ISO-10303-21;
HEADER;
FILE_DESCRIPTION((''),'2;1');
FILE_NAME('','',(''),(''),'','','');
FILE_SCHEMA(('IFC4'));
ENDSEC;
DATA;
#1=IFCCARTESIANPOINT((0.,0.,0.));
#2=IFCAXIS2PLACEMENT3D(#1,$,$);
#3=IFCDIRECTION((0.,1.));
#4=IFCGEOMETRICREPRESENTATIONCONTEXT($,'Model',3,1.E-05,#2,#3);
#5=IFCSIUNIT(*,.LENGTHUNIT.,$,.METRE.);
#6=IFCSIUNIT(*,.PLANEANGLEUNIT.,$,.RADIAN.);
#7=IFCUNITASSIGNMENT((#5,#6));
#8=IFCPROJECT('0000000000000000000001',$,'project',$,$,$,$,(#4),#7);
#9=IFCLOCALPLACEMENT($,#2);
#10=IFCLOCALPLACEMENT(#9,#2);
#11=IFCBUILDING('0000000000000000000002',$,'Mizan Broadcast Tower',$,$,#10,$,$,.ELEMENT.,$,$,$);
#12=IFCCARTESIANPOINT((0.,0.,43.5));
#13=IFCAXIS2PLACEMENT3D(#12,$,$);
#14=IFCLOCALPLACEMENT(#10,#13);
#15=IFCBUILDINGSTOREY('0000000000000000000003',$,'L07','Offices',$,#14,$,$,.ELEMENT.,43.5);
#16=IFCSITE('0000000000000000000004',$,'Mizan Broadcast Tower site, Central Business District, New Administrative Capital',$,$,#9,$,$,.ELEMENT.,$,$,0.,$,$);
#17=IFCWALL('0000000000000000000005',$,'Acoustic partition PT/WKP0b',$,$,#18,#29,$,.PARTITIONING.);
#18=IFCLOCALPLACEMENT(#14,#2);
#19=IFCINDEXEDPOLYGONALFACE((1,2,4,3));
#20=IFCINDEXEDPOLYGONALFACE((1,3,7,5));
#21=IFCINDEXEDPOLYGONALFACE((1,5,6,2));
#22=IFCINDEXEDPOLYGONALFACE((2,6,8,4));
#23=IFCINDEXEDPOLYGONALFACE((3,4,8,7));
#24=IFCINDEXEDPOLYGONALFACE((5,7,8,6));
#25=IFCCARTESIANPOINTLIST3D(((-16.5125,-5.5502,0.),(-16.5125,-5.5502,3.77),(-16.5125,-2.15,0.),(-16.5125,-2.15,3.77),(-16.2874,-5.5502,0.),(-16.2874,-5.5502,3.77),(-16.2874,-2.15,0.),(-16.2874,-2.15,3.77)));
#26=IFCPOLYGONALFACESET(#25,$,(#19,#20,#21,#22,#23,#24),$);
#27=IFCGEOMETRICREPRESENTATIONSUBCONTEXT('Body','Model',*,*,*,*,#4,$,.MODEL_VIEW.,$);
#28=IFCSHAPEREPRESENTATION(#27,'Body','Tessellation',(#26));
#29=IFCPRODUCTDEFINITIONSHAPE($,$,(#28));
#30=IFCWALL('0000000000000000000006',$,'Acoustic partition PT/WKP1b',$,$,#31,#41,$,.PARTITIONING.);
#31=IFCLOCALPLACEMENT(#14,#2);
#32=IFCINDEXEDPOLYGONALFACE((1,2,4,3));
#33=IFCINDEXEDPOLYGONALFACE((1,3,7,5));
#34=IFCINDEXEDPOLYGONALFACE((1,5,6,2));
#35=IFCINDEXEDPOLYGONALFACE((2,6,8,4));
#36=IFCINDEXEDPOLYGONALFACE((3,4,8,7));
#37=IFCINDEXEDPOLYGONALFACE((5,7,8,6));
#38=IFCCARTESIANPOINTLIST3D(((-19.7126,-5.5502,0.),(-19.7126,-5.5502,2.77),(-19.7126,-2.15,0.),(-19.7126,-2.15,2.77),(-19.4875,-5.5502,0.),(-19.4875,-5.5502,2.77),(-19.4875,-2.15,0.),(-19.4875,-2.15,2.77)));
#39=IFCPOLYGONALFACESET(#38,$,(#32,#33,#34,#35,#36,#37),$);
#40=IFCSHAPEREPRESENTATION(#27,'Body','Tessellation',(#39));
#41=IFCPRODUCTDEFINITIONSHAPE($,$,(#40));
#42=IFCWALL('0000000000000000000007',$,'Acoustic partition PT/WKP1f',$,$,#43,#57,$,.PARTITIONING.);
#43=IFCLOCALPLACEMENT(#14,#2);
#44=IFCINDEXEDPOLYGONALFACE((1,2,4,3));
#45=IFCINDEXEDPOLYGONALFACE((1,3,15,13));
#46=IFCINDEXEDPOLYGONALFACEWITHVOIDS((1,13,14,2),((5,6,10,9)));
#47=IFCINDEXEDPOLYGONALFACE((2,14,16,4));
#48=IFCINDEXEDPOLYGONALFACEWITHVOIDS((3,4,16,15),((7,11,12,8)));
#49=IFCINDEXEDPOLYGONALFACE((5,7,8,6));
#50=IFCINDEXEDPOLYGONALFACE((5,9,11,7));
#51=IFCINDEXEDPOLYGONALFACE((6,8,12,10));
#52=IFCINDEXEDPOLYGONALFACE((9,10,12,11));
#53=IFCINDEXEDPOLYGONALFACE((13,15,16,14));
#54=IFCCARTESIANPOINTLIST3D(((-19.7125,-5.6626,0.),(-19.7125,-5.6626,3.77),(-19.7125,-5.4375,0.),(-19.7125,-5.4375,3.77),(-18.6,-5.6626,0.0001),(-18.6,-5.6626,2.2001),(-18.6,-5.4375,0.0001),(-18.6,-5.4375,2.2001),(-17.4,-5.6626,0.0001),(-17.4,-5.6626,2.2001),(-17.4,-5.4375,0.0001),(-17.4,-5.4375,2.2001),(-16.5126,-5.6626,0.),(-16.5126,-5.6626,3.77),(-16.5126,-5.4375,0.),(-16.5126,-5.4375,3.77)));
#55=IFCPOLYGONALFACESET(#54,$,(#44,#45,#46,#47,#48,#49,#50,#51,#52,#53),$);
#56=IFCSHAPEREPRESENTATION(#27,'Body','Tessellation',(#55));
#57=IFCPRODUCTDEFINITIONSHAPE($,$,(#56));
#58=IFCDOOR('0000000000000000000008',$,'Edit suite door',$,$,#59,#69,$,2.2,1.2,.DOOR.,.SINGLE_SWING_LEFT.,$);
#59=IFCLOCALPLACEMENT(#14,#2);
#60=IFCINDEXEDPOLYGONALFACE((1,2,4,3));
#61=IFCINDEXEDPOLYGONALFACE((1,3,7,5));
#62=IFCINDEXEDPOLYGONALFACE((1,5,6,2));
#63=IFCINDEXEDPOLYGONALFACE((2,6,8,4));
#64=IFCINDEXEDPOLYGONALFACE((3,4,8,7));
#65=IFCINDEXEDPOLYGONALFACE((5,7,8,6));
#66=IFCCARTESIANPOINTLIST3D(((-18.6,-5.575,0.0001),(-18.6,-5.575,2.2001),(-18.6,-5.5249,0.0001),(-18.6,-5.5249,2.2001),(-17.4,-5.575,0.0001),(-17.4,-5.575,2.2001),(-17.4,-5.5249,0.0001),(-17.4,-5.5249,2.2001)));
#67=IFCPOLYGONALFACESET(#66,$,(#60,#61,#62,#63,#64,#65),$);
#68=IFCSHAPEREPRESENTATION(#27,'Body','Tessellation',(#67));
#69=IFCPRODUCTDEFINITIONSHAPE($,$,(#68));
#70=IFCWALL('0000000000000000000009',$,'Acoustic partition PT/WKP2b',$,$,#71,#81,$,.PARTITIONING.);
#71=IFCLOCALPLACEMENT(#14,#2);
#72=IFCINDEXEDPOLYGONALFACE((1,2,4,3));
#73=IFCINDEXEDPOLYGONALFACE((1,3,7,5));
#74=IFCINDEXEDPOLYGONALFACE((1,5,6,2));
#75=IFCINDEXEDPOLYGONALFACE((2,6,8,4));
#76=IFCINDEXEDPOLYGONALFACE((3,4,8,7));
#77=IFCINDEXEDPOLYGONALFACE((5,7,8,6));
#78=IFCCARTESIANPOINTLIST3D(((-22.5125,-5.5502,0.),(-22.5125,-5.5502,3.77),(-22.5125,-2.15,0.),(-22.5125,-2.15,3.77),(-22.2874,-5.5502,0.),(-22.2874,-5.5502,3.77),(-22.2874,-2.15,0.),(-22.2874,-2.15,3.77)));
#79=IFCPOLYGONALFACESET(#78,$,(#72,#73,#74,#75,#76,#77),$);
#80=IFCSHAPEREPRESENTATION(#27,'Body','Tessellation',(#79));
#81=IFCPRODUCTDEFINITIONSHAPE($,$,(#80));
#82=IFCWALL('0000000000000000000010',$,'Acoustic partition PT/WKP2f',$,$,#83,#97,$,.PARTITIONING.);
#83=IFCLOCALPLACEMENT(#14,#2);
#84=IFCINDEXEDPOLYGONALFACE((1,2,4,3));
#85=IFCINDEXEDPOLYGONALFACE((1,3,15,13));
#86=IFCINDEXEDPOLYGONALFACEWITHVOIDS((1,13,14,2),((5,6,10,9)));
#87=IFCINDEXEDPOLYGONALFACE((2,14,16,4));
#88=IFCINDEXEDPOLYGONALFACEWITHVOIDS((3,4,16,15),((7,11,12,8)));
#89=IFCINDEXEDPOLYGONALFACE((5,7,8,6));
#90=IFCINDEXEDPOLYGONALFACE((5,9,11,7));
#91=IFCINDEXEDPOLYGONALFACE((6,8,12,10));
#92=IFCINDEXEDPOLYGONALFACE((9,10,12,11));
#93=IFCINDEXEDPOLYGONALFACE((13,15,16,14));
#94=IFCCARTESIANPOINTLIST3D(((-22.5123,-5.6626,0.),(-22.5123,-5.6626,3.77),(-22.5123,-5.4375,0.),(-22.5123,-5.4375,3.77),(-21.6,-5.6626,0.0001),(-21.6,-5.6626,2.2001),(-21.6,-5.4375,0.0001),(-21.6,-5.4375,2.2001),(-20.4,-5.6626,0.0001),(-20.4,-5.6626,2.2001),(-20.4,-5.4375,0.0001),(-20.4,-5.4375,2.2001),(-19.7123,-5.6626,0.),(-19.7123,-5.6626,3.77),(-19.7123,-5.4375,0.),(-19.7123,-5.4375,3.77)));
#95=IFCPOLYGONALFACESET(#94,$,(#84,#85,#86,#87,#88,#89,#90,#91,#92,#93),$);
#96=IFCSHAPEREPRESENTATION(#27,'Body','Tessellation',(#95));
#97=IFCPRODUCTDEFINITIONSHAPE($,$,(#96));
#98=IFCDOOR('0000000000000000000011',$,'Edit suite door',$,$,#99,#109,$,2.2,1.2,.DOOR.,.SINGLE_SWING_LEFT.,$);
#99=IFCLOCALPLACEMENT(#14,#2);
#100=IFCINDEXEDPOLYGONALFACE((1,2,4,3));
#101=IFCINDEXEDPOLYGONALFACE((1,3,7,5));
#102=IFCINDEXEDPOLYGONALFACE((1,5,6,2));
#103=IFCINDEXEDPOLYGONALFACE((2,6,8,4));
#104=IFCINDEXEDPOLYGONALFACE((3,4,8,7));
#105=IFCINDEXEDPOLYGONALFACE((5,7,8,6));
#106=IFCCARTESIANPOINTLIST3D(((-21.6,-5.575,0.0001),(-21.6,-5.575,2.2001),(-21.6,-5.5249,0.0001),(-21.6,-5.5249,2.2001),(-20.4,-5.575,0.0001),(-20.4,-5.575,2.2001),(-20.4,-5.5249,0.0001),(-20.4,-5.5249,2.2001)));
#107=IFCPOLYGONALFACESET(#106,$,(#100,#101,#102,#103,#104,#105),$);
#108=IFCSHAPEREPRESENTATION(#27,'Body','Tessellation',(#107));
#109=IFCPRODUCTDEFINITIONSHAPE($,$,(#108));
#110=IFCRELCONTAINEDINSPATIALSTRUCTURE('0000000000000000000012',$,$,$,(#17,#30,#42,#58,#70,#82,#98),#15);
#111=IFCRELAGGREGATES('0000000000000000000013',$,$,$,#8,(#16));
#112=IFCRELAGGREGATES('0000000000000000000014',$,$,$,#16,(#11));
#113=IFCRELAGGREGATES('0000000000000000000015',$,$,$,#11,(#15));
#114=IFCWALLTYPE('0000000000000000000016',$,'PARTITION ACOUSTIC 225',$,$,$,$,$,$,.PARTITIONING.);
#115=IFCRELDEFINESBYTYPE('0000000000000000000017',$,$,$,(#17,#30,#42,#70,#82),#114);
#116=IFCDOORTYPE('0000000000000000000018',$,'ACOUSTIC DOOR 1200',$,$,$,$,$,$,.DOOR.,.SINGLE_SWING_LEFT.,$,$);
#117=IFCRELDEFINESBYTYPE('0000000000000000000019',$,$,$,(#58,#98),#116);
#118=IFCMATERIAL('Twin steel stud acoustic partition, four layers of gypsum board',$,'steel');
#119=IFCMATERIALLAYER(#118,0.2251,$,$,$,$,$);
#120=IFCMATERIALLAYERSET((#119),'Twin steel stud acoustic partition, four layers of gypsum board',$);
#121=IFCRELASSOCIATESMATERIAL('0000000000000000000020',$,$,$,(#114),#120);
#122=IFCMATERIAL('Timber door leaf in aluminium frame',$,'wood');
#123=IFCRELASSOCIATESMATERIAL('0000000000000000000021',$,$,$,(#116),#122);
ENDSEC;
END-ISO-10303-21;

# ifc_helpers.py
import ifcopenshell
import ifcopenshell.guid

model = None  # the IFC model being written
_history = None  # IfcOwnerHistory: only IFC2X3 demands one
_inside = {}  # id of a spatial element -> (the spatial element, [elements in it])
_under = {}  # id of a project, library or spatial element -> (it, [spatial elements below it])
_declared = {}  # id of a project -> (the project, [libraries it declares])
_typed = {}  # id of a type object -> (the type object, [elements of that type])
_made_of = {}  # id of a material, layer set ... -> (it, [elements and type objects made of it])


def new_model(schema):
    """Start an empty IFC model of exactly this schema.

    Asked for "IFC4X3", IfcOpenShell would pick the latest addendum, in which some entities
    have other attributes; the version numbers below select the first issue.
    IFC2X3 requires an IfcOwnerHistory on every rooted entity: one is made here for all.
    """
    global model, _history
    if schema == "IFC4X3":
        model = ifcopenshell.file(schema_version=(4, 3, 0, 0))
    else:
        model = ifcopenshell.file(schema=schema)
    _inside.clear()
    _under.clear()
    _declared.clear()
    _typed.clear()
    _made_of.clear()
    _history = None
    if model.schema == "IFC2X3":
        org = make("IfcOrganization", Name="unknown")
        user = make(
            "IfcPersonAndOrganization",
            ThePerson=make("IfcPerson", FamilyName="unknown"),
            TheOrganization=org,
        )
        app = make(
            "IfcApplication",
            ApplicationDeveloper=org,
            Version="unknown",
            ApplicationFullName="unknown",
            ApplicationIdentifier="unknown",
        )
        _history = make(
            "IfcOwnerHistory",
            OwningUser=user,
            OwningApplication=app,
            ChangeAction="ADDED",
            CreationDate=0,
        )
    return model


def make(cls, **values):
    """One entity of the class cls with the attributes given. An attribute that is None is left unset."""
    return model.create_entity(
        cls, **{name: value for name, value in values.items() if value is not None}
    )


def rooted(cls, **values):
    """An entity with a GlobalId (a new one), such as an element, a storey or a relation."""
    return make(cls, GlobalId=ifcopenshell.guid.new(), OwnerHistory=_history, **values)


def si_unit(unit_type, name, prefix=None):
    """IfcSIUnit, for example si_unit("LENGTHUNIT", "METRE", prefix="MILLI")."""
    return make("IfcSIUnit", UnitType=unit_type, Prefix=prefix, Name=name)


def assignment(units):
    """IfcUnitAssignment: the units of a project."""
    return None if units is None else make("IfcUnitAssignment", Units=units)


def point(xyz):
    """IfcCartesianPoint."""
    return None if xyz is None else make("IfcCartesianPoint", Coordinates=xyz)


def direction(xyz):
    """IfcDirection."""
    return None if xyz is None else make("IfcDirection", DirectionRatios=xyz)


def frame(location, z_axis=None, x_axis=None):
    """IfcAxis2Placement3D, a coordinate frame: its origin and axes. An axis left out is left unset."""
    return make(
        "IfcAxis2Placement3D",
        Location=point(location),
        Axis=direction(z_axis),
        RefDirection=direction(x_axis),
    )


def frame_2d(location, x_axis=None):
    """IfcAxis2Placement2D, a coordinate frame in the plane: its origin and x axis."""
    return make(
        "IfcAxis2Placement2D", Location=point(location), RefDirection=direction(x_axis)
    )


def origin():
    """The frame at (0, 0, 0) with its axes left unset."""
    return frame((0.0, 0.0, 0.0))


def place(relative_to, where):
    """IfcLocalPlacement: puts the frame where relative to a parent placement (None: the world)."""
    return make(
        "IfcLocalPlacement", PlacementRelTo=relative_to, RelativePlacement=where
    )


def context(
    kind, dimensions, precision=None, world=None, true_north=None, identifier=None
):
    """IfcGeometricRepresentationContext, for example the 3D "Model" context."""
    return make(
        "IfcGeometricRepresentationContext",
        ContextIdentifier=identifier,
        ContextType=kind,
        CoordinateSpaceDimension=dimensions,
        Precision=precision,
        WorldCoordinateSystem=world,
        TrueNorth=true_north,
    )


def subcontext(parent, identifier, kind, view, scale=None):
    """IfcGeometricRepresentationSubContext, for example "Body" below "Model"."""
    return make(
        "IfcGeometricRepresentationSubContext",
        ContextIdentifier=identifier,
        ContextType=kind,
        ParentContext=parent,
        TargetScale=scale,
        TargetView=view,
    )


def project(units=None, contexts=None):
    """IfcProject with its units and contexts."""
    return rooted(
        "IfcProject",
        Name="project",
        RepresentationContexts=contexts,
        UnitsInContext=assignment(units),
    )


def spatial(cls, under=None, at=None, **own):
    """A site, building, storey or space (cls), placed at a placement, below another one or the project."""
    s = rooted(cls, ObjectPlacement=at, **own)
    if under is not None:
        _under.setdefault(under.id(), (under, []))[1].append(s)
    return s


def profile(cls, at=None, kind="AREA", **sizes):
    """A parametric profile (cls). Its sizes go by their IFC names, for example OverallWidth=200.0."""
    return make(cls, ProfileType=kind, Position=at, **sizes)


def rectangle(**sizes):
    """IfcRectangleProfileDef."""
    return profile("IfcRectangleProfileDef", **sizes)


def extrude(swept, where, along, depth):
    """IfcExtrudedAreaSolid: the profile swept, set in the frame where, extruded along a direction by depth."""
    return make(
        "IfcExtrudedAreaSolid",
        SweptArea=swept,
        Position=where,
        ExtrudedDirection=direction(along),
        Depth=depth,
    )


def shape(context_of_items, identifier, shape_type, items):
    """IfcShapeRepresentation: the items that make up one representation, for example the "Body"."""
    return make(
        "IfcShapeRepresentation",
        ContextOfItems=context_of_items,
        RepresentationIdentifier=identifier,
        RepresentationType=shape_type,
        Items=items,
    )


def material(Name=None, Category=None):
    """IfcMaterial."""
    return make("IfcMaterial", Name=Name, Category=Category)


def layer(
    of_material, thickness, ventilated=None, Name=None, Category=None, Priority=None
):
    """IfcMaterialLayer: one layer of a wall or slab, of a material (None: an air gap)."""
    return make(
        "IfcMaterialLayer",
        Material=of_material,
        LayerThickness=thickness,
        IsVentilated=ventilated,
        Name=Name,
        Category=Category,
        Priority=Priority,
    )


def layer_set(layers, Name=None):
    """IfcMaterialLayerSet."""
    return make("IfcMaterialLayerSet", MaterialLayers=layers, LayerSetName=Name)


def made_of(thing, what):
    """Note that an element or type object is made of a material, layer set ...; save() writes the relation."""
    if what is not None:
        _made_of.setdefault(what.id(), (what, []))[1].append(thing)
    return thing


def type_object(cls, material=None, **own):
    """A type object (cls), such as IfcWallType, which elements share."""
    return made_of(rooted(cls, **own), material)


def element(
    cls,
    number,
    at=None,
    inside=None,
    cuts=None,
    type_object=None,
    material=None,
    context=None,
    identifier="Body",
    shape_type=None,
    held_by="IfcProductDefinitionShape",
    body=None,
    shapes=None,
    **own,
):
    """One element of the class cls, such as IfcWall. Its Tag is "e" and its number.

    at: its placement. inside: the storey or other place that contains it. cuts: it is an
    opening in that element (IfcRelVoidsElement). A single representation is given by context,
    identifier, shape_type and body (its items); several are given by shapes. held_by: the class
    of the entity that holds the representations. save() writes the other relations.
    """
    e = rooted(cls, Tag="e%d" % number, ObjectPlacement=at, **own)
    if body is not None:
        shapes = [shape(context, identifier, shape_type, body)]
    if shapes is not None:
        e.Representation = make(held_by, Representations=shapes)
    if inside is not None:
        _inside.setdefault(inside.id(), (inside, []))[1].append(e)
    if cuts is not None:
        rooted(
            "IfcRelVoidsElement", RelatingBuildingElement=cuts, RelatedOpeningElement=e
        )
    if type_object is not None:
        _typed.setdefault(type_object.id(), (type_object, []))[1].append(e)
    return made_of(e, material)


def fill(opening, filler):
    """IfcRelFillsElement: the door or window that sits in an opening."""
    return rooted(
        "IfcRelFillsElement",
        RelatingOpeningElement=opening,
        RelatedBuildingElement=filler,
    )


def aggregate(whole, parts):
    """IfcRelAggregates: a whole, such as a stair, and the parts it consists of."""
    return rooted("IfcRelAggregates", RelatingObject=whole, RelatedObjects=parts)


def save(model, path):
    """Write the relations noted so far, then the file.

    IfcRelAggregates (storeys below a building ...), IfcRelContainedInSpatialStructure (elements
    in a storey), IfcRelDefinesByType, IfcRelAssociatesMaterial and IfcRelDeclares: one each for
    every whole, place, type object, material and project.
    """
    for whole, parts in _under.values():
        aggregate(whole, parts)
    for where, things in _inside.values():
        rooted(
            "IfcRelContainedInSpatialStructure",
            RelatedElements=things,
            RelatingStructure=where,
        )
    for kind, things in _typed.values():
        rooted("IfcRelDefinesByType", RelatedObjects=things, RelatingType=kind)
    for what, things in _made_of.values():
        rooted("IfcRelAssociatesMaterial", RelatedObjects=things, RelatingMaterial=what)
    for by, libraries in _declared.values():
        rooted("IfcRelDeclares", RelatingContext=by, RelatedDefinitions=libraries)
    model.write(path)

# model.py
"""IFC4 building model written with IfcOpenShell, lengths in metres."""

from ifc_helpers import new_model, si_unit, direction, frame, frame_2d, origin, place, context, subcontext, project, spatial, rectangle, extrude, material, layer, layer_set, type_object, element, fill, save


model = new_model("IFC4")

# Units and contexts
model_context = context("Model", 3, precision=1e-05, world=origin(), true_north=direction((0.0, 1.0)))
body_context = subcontext(model_context, "Body", "Model", "MODEL_VIEW")
ifc_project = project(units=[si_unit("LENGTHUNIT", "METRE"), si_unit("PLANEANGLEUNIT", "RADIAN")], contexts=[model_context])

# Site, building, storey
site_placement = place(None, origin())
site = spatial("IfcSite", under=ifc_project, at=site_placement, Name="Mizan Broadcast Tower site, Central Business District, New Administrative Capital", CompositionType="ELEMENT", RefElevation=0.0)
building_placement = place(site_placement, origin())
building = spatial("IfcBuilding", under=site, at=building_placement, Name="Mizan Broadcast Tower", CompositionType="ELEMENT")
storey_placement = place(building_placement, frame((0.0, 0.0, 43.5)))
storey = spatial("IfcBuildingStorey", under=building, at=storey_placement, Name="L07", Description="Offices", CompositionType="ELEMENT", Elevation=43.5)

# Walls
ifc_material_1 = material(Name="Twin steel stud acoustic partition, four layers of gypsum board", Category="steel")
ifc_layer_1 = layer(ifc_material_1, 0.2251)
ifc_layer_set_1 = layer_set([ifc_layer_1], Name="Twin steel stud acoustic partition, four layers of gypsum board")
wall_type = type_object("IfcWallType", Name="PARTITION ACOUSTIC 225", PredefinedType="PARTITIONING", material=ifc_layer_set_1)
wall_1_placement = place(storey_placement, frame((-16.3999, -2.1499, 0.0), z_axis=(0.0, 0.0, 1.0), x_axis=(0.0, -1.0, 0.0)))
element("IfcWall", 1, at=wall_1_placement, inside=storey, type_object=wall_type, Name="Acoustic partition PT/WKP0b", PredefinedType="PARTITIONING", context=body_context, shape_type="SweptSolid", body=[
    extrude(rectangle(XDim=3.4001, YDim=0.2251, at=frame_2d((1.7002, 0.0))), origin(), (0.0, 0.0, 1.0), 3.77),
])
wall_2_placement = place(storey_placement, frame((-19.6001, -2.1499, 0.0), z_axis=(0.0, 0.0, 1.0), x_axis=(0.0, -1.0, 0.0)))
element("IfcWall", 2, at=wall_2_placement, inside=storey, type_object=wall_type, Name="Acoustic partition PT/WKP1b", PredefinedType="PARTITIONING", context=body_context, shape_type="SweptSolid", body=[
    extrude(rectangle(XDim=3.4001, YDim=0.2251, at=frame_2d((1.7002, 0.0))), origin(), (0.0, 0.0, 1.0), 2.77),
])

# Wall, opening, door
wall_3_placement = place(storey_placement, frame((-16.5125, -5.55, 0.0), z_axis=(0.0, 0.0, 1.0), x_axis=(-1.0, 0.0, 0.0)))
wall_3 = element("IfcWall", 3, at=wall_3_placement, inside=storey, type_object=wall_type, Name="Acoustic partition PT/WKP1f", PredefinedType="PARTITIONING", context=body_context, shape_type="SweptSolid", body=[
    extrude(rectangle(XDim=3.2, YDim=0.2251, at=frame_2d((1.6001, 0.0))), origin(), (0.0, 0.0, 1.0), 3.77),
])
opening_1_placement = place(wall_3_placement, frame((0.8875, 0.0, 0.0)))
opening_1 = element("IfcOpeningElement", 4, at=opening_1_placement, cuts=wall_3, PredefinedType="OPENING", context=body_context, shape_type="SweptSolid", body=[
    extrude(rectangle(XDim=1.2, YDim=2.2, at=frame_2d((0.6001, 1.1001))), frame((0.0, 0.1226, 0.0), z_axis=(0.0, -1.0, 0.0), x_axis=(1.0, 0.0, 0.0)), (0.0, 0.0, 1.0), 0.2451),
])
ifc_material_2 = material(Name="Timber door leaf in aluminium frame", Category="wood")
door_type = type_object("IfcDoorType", Name="ACOUSTIC DOOR 1200", OperationType="SINGLE_SWING_LEFT", PredefinedType="DOOR", material=ifc_material_2)
door_1_placement = place(opening_1_placement, origin())
door_1 = element("IfcDoor", 5, at=door_1_placement, inside=storey, type_object=door_type, Name="Edit suite door", OperationType="SINGLE_SWING_LEFT", OverallHeight=2.2, OverallWidth=1.2, PredefinedType="DOOR", context=body_context, shape_type="SweptSolid", body=[
    extrude(rectangle(XDim=1.2, YDim=2.2, at=frame_2d((0.6001, 1.1001))), frame((0.0, 0.0249, 0.0), z_axis=(0.0, -1.0, 0.0), x_axis=(1.0, 0.0, 0.0)), (0.0, 0.0, 1.0), 0.05),
])
fill(opening_1, door_1)

# Wall
wall_4_placement = place(storey_placement, frame((-22.3999, -2.1499, 0.0), z_axis=(0.0, 0.0, 1.0), x_axis=(0.0, -1.0, 0.0)))
element("IfcWall", 6, at=wall_4_placement, inside=storey, type_object=wall_type, Name="Acoustic partition PT/WKP2b", PredefinedType="PARTITIONING", context=body_context, shape_type="SweptSolid", body=[
    extrude(rectangle(XDim=3.4001, YDim=0.2251, at=frame_2d((1.7002, 0.0))), origin(), (0.0, 0.0, 1.0), 3.77),
])

# Wall, opening, door
wall_5_placement = place(storey_placement, frame((-19.7124, -5.55, 0.0), z_axis=(0.0, 0.0, 1.0), x_axis=(-1.0, 0.0, 0.0)))
wall_5 = element("IfcWall", 7, at=wall_5_placement, inside=storey, type_object=wall_type, Name="Acoustic partition PT/WKP2f", PredefinedType="PARTITIONING", context=body_context, shape_type="SweptSolid", body=[
    extrude(rectangle(XDim=2.8, YDim=0.2251, at=frame_2d((1.3999, 0.0))), origin(), (0.0, 0.0, 1.0), 3.77),
])
opening_2_placement = place(wall_5_placement, frame((0.6875, 0.0, 0.0)))
opening_2 = element("IfcOpeningElement", 8, at=opening_2_placement, cuts=wall_5, PredefinedType="OPENING", context=body_context, shape_type="SweptSolid", body=[
    extrude(rectangle(XDim=1.2, YDim=2.2, at=frame_2d((0.6001, 1.1001))), frame((0.0, 0.1226, 0.0), z_axis=(0.0, -1.0, 0.0), x_axis=(1.0, 0.0, 0.0)), (0.0, 0.0, 1.0), 0.2451),
])
door_2_placement = place(opening_2_placement, origin())
door_2 = element("IfcDoor", 9, at=door_2_placement, inside=storey, type_object=door_type, Name="Edit suite door", OperationType="SINGLE_SWING_LEFT", OverallHeight=2.2, OverallWidth=1.2, PredefinedType="DOOR", context=body_context, shape_type="SweptSolid", body=[
    extrude(rectangle(XDim=1.2, YDim=2.2, at=frame_2d((0.6001, 1.1001))), frame((0.0, 0.0249, 0.0), z_axis=(0.0, -1.0, 0.0), x_axis=(1.0, 0.0, 0.0)), (0.0, 0.0, 1.0), 0.05),
])
fill(opening_2, door_2)

save(model, "model.ifc")
